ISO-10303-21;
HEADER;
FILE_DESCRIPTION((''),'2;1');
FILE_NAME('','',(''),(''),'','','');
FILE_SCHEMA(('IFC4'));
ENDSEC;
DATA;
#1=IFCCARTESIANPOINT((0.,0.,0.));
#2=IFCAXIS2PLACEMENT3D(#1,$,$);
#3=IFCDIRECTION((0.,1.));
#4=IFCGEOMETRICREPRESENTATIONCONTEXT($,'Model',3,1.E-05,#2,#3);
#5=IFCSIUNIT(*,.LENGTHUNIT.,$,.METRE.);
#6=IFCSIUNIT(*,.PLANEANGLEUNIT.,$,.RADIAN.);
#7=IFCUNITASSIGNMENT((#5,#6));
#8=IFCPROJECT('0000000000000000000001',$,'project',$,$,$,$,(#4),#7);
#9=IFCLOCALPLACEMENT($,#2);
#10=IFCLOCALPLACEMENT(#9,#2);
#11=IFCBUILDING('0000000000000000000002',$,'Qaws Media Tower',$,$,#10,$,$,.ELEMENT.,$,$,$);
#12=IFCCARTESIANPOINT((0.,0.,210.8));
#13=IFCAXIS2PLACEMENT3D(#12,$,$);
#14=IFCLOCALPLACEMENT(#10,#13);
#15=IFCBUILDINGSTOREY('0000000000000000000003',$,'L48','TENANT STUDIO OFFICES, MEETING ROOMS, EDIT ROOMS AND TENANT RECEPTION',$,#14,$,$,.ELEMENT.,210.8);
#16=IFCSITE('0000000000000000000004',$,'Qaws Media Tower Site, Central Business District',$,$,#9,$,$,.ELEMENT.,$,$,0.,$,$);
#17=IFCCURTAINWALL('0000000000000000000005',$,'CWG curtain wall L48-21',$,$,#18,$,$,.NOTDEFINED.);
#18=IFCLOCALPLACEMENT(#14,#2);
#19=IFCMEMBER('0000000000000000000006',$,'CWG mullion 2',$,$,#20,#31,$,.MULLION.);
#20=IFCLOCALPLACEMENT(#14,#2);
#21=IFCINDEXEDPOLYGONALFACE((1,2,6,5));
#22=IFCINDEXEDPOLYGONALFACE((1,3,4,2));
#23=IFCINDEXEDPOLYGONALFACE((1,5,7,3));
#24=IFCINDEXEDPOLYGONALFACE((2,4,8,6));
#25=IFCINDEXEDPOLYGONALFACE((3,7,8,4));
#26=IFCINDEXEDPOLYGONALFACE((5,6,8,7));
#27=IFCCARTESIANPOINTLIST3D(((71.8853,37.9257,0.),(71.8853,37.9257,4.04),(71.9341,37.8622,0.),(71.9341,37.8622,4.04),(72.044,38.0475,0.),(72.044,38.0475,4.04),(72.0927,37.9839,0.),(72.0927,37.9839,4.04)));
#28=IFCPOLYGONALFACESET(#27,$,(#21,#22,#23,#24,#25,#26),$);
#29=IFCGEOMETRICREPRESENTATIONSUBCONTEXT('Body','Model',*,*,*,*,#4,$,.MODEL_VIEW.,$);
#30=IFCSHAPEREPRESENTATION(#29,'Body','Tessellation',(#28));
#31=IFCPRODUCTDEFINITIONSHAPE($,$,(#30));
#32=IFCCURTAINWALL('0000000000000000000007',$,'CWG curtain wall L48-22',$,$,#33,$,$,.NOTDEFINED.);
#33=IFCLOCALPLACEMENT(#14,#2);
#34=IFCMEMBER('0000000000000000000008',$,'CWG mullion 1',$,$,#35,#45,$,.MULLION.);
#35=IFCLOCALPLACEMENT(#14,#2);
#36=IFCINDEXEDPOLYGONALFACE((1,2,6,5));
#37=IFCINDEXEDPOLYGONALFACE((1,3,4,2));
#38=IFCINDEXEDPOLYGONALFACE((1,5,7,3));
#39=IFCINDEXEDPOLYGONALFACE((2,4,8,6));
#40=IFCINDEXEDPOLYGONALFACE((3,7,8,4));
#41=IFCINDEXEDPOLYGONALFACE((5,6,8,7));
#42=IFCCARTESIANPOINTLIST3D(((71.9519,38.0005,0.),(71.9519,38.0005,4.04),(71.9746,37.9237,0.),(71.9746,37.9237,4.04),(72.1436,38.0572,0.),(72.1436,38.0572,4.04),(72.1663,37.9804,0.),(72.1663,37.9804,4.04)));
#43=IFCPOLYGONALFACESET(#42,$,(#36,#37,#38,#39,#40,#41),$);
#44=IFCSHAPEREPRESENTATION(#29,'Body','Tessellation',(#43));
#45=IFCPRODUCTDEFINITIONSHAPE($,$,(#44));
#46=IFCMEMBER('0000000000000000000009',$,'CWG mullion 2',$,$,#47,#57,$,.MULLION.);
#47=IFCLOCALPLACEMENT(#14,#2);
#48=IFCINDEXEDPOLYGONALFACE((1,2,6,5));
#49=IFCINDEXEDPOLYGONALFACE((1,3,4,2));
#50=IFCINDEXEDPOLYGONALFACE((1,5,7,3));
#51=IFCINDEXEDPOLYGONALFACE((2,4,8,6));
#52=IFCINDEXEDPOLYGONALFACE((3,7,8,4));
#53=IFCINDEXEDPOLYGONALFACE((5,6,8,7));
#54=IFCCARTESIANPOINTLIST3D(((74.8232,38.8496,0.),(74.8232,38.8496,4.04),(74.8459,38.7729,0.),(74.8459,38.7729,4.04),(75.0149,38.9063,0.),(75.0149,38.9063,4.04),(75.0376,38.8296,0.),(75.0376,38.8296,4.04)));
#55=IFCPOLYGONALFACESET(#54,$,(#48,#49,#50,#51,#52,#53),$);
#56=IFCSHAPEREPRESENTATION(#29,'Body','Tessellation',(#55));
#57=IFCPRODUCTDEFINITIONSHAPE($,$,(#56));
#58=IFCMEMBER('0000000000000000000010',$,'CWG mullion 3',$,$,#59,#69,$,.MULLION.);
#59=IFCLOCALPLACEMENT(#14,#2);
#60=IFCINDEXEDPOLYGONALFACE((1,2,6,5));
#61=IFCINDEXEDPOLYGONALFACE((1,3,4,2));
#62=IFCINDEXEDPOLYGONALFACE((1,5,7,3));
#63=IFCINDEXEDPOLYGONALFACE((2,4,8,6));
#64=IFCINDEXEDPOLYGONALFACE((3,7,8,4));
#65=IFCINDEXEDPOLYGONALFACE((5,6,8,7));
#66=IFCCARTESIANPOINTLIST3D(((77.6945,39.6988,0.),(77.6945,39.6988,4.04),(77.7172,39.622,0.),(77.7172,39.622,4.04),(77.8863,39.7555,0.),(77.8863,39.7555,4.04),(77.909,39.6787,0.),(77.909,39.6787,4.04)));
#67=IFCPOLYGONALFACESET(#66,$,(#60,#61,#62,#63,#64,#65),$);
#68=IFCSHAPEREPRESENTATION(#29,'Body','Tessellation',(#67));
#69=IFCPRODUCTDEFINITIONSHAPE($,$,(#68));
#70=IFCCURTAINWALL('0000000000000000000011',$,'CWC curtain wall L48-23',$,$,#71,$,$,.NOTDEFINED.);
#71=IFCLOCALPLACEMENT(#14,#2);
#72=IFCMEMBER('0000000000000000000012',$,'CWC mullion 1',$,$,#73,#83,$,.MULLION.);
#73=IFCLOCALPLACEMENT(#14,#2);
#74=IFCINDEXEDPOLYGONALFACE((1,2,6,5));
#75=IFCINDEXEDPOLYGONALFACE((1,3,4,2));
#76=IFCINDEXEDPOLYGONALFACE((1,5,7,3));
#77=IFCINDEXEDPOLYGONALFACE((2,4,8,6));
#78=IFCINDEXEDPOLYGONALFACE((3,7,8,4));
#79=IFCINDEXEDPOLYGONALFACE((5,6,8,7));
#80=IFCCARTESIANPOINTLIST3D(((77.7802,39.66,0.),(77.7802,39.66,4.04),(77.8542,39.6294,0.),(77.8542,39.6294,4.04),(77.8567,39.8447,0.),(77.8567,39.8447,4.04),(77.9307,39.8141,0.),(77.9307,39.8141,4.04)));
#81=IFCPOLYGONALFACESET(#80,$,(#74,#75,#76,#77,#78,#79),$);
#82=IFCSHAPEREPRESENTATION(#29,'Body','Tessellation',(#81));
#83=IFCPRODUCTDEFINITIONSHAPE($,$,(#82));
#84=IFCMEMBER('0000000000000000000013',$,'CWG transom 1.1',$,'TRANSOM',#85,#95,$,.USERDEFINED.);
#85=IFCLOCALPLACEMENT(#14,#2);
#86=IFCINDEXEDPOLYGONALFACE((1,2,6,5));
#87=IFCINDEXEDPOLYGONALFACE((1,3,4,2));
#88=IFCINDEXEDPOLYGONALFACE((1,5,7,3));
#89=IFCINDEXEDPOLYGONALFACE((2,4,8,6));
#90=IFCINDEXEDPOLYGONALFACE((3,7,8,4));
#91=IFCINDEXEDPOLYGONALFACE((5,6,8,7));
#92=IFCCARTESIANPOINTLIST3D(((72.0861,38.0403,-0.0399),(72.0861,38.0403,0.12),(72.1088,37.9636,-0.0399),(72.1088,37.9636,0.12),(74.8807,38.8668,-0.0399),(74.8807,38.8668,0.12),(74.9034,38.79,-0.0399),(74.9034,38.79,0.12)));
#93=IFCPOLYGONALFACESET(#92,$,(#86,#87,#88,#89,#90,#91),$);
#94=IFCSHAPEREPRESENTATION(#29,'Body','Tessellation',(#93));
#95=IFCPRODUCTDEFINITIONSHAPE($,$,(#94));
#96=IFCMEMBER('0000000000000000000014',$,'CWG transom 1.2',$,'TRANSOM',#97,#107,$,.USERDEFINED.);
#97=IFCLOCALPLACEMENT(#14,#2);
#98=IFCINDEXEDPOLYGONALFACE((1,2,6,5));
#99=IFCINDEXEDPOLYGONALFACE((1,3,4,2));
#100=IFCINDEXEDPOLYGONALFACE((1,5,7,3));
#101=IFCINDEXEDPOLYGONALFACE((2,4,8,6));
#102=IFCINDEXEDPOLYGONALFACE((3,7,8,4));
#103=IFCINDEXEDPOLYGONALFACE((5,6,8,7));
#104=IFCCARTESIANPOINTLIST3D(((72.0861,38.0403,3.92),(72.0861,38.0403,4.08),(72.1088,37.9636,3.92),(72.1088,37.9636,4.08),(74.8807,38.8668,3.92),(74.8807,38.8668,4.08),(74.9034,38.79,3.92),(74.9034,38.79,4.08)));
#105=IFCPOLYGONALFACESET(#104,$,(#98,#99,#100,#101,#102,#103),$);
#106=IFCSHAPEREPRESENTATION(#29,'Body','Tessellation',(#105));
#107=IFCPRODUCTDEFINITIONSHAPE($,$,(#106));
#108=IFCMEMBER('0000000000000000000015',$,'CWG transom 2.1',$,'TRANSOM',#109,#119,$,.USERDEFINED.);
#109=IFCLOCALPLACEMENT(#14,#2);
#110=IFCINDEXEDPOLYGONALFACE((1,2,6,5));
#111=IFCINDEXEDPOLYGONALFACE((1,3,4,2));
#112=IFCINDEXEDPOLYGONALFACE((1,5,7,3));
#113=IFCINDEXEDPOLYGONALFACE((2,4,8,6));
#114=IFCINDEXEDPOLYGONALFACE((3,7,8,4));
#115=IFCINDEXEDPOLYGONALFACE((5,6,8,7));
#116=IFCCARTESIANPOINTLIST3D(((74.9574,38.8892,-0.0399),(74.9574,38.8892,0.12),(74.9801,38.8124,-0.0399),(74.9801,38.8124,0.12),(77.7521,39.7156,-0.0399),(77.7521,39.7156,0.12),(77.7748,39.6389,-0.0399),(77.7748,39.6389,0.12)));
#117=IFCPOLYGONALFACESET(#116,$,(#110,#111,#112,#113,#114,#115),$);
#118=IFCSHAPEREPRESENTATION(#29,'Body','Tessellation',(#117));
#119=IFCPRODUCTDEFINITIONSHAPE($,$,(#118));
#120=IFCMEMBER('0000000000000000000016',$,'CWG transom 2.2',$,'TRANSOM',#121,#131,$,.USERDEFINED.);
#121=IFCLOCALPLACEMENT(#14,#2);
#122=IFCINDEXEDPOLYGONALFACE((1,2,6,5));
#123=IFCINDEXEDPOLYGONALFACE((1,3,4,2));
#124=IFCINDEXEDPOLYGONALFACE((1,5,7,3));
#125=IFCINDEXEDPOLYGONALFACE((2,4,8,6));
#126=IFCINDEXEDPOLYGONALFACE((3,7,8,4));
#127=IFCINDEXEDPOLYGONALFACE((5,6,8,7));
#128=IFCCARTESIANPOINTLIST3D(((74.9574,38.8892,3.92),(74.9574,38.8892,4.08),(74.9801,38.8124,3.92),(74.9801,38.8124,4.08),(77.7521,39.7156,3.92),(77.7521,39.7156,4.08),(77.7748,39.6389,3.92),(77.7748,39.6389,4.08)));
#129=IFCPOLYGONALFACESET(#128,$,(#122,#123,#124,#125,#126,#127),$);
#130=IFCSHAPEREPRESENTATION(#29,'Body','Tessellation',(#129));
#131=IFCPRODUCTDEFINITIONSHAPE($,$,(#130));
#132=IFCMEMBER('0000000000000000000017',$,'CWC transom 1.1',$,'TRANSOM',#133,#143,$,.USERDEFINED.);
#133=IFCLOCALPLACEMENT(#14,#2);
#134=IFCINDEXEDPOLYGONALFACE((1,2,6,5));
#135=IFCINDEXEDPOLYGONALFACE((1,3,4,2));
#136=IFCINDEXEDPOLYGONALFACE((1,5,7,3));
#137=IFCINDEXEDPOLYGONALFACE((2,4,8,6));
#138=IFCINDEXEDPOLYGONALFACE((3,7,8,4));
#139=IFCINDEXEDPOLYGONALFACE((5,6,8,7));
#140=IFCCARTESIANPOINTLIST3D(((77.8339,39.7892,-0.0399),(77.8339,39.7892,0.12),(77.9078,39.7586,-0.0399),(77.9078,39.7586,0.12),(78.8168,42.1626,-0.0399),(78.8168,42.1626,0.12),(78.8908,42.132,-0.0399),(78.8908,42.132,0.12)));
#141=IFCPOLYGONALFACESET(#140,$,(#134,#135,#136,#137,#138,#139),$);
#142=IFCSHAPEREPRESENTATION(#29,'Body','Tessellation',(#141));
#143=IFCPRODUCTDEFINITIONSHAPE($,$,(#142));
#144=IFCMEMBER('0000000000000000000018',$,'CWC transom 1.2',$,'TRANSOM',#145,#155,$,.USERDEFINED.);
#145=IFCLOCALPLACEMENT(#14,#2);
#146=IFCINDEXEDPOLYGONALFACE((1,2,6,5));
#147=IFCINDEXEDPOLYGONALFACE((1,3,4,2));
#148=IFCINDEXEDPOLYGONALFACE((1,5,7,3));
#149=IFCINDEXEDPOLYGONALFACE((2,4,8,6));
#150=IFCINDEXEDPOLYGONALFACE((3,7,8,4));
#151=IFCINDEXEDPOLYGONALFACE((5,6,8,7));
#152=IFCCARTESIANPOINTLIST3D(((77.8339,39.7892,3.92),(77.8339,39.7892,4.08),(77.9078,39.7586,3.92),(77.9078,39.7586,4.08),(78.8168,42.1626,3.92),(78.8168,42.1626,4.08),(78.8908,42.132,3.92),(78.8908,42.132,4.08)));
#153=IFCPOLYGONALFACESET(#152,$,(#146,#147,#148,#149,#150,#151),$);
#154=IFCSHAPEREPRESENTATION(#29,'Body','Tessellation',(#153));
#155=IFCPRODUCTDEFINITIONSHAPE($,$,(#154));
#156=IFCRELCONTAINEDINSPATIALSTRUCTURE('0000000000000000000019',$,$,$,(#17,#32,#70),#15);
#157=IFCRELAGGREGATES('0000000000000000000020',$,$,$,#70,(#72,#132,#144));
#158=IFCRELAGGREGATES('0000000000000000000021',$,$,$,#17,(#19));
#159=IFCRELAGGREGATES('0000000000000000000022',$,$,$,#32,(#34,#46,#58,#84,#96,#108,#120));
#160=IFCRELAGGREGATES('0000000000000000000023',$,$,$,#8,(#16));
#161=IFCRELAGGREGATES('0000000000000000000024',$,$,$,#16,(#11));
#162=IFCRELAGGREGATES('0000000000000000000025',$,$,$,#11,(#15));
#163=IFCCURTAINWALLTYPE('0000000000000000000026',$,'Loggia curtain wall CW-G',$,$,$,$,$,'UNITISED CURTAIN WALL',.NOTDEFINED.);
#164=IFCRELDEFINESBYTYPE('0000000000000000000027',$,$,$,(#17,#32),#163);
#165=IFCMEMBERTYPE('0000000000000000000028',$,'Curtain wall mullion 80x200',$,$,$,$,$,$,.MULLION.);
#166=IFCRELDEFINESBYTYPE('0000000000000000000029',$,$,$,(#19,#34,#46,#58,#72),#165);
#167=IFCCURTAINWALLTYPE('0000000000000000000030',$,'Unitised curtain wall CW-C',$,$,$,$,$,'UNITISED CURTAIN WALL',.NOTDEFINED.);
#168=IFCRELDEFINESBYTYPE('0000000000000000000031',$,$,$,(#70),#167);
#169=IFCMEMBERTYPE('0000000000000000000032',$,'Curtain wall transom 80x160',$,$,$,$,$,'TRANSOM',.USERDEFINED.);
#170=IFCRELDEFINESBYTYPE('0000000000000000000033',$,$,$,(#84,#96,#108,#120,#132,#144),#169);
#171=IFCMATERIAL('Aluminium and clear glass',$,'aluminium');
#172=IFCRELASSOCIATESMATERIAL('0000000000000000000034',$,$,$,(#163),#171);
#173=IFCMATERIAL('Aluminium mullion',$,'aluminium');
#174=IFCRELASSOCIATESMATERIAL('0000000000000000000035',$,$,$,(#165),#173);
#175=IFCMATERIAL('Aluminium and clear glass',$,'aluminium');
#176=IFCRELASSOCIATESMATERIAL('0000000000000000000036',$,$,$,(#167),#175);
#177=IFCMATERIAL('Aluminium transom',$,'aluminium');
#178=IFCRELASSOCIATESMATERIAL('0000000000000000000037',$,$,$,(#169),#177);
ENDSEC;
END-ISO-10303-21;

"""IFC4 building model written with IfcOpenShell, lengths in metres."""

from ifc_helpers import new_model, si_unit, direction, frame, origin, origin_2d, place, context, subcontext, project, spatial, rectangle, extrude, material, material_profile, profile_set, type_object, element, aggregate, save


model = new_model("IFC4")

# Units and contexts
model_context = context("Model", 3, precision=1e-05, world=origin(), true_north=direction((0.0, 1.0)))
body_context = subcontext(model_context, "Body", "Model", "MODEL_VIEW")
ifc_project = project(units=[si_unit("LENGTHUNIT", "METRE"), si_unit("PLANEANGLEUNIT", "RADIAN")], contexts=[model_context])

# Site, building, storey
site_placement = place(None, origin())
site = spatial("IfcSite", under=ifc_project, at=site_placement, Name="Qaws Media Tower Site, Central Business District", CompositionType="ELEMENT", RefElevation=0.0)
building_placement = place(site_placement, origin())
building = spatial("IfcBuilding", under=site, at=building_placement, Name="Qaws Media Tower", CompositionType="ELEMENT")
storey_placement = place(building_placement, frame((0.0, 0.0, 210.8)))
storey = spatial("IfcBuildingStorey", under=building, at=storey_placement, Name="L48", Description="TENANT STUDIO OFFICES, MEETING ROOMS, EDIT ROOMS AND TENANT RECEPTION", CompositionType="ELEMENT", Elevation=210.8)

# Curtain wall, member
ifc_material_1 = material(Name="Aluminium and clear glass", Category="aluminium")
curtain_wall_type_1 = type_object("IfcCurtainWallType", Name="Loggia curtain wall CW-G", ElementType="UNITISED CURTAIN WALL", PredefinedType="NOTDEFINED", material=ifc_material_1)
curtain_wall_1_placement = place(storey_placement, origin())
curtain_wall_1 = element("IfcCurtainWall", 1, at=curtain_wall_1_placement, inside=storey, type_object=curtain_wall_type_1, Name="CWG curtain wall L48-21", PredefinedType="NOTDEFINED")
ifc_material_2 = material(Name="Aluminium mullion", Category="aluminium")
ifc_material_profile_1 = material_profile(ifc_material_2, rectangle(XDim=0.0801, YDim=0.2, at=origin_2d()), Name="80x200")
ifc_profile_set_1 = profile_set([ifc_material_profile_1], Name="Aluminium mullion")
member_type_1 = type_object("IfcMemberType", Name="Curtain wall mullion 80x200", PredefinedType="MULLION", material=ifc_profile_set_1)
member_1_placement = place(storey_placement, frame((71.989, 37.9548, 0.0), z_axis=(0.0, 0.0, 1.0), x_axis=(-0.608762, 0.793353, 0.0)))
member_1 = element("IfcMember", 2, at=member_1_placement, type_object=member_type_1, Name="CWG mullion 2", PredefinedType="MULLION", context=body_context, shape_type="SweptSolid", body=[
    extrude(rectangle(XDim=0.0801, YDim=0.2, at=origin_2d()), origin(), (0.0, 0.0, 1.0), 4.04),
])

# Curtain wall, members
curtain_wall_2_placement = place(storey_placement, origin())
curtain_wall_2 = element("IfcCurtainWall", 3, at=curtain_wall_2_placement, inside=storey, type_object=curtain_wall_type_1, Name="CWG curtain wall L48-22", PredefinedType="NOTDEFINED")
member_2_placement = place(storey_placement, frame((72.0591, 37.9905, 0.0), z_axis=(0.0, 0.0, 1.0), x_axis=(-0.28357, 0.958952, 0.0)))
member_2 = element("IfcMember", 4, at=member_2_placement, type_object=member_type_1, Name="CWG mullion 1", PredefinedType="MULLION", context=body_context, shape_type="SweptSolid", body=[
    extrude(rectangle(XDim=0.0801, YDim=0.2, at=origin_2d()), origin(), (0.0, 0.0, 1.0), 4.04),
])
member_3_placement = place(storey_placement, frame((74.9304, 38.8396, 0.0), z_axis=(0.0, 0.0, 1.0), x_axis=(-0.28357, 0.958952, 0.0)))
member_3 = element("IfcMember", 5, at=member_3_placement, type_object=member_type_1, Name="CWG mullion 2", PredefinedType="MULLION", context=body_context, shape_type="SweptSolid", body=[
    extrude(rectangle(XDim=0.0801, YDim=0.2, at=origin_2d()), origin(), (0.0, 0.0, 1.0), 4.04),
])
member_4_placement = place(storey_placement, frame((77.8018, 39.6887, 0.0), z_axis=(0.0, 0.0, 1.0), x_axis=(-0.28357, 0.958952, 0.0)))
member_4 = element("IfcMember", 6, at=member_4_placement, type_object=member_type_1, Name="CWG mullion 3", PredefinedType="MULLION", context=body_context, shape_type="SweptSolid", body=[
    extrude(rectangle(XDim=0.0801, YDim=0.2, at=origin_2d()), origin(), (0.0, 0.0, 1.0), 4.04),
])

# Curtain wall, member
ifc_material_3 = material(Name="Aluminium and clear glass", Category="aluminium")
curtain_wall_type_2 = type_object("IfcCurtainWallType", Name="Unitised curtain wall CW-C", ElementType="UNITISED CURTAIN WALL", PredefinedType="NOTDEFINED", material=ifc_material_3)
curtain_wall_3_placement = place(storey_placement, origin())
curtain_wall_3 = element("IfcCurtainWall", 7, at=curtain_wall_3_placement, inside=storey, type_object=curtain_wall_type_2, Name="CWC curtain wall L48-23", PredefinedType="NOTDEFINED")
member_5_placement = place(storey_placement, frame((77.8555, 39.7371, 0.0), z_axis=(0.0, 0.0, 1.0), x_axis=(-0.92388, 0.382683, 0.0)))
member_5 = element("IfcMember", 8, at=member_5_placement, type_object=member_type_1, Name="CWC mullion 1", PredefinedType="MULLION", context=body_context, shape_type="SweptSolid", body=[
    extrude(rectangle(XDim=0.0801, YDim=0.2, at=origin_2d()), origin(), (0.0, 0.0, 1.0), 4.04),
])

# Members
ifc_material_4 = material(Name="Aluminium transom", Category="aluminium")
ifc_material_profile_2 = material_profile(ifc_material_4, rectangle(XDim=0.0801, YDim=0.1599, at=origin_2d()), Name="80x160")
ifc_profile_set_2 = profile_set([ifc_material_profile_2], Name="Aluminium transom")
member_type_2 = type_object("IfcMemberType", Name="Curtain wall transom 80x160", ElementType="TRANSOM", PredefinedType="USERDEFINED", material=ifc_profile_set_2)
member_6_placement = place(storey_placement, frame((72.0974, 38.002, 0.04), z_axis=(0.958951, 0.283572, 0.0), x_axis=(-0.283572, 0.958951, 0.0)))
member_6 = element("IfcMember", 9, at=member_6_placement, type_object=member_type_2, Name="CWG transom 1.1", ObjectType="TRANSOM", PredefinedType="USERDEFINED", context=body_context, shape_type="SweptSolid", body=[
    extrude(rectangle(XDim=0.0801, YDim=0.1599, at=origin_2d()), origin(), (0.0, 0.0, 1.0), 2.9143),
])
member_7_placement = place(storey_placement, frame((72.0974, 38.002, 4.0), z_axis=(0.958951, 0.283572, 0.0), x_axis=(-0.283572, 0.958951, 0.0)))
member_7 = element("IfcMember", 10, at=member_7_placement, type_object=member_type_2, Name="CWG transom 1.2", ObjectType="TRANSOM", PredefinedType="USERDEFINED", context=body_context, shape_type="SweptSolid", body=[
    extrude(rectangle(XDim=0.0801, YDim=0.1599, at=origin_2d()), origin(), (0.0, 0.0, 1.0), 2.9143),
])
member_8_placement = place(storey_placement, frame((74.9688, 38.8508, 0.04), z_axis=(0.958951, 0.283572, 0.0), x_axis=(-0.283572, 0.958951, 0.0)))
member_8 = element("IfcMember", 11, at=member_8_placement, type_object=member_type_2, Name="CWG transom 2.1", ObjectType="TRANSOM", PredefinedType="USERDEFINED", context=body_context, shape_type="SweptSolid", body=[
    extrude(rectangle(XDim=0.0801, YDim=0.1599, at=origin_2d()), origin(), (0.0, 0.0, 1.0), 2.9143),
])
member_9_placement = place(storey_placement, frame((74.9688, 38.8508, 4.0), z_axis=(0.958951, 0.283572, 0.0), x_axis=(-0.283572, 0.958951, 0.0)))
member_9 = element("IfcMember", 12, at=member_9_placement, type_object=member_type_2, Name="CWG transom 2.2", ObjectType="TRANSOM", PredefinedType="USERDEFINED", context=body_context, shape_type="SweptSolid", body=[
    extrude(rectangle(XDim=0.0801, YDim=0.1599, at=origin_2d()), origin(), (0.0, 0.0, 1.0), 2.9143),
])
member_10_placement = place(storey_placement, frame((77.8708, 39.7739, 0.04), z_axis=(0.382637, 0.923899, 0.0), x_axis=(-0.923899, 0.382637, 0.0)))
member_10 = element("IfcMember", 13, at=member_10_placement, type_object=member_type_2, Name="CWC transom 1.1", ObjectType="TRANSOM", PredefinedType="USERDEFINED", context=body_context, shape_type="SweptSolid", body=[
    extrude(rectangle(XDim=0.0801, YDim=0.1599, at=origin_2d()), origin(), (0.0, 0.0, 1.0), 2.5688),
])
member_11_placement = place(storey_placement, frame((77.8708, 39.7739, 4.0), z_axis=(0.382637, 0.923899, 0.0), x_axis=(-0.923899, 0.382637, 0.0)))
member_11 = element("IfcMember", 14, at=member_11_placement, type_object=member_type_2, Name="CWC transom 1.2", ObjectType="TRANSOM", PredefinedType="USERDEFINED", context=body_context, shape_type="SweptSolid", body=[
    extrude(rectangle(XDim=0.0801, YDim=0.1599, at=origin_2d()), origin(), (0.0, 0.0, 1.0), 2.5688),
])
aggregate(curtain_wall_3, [member_5, member_10, member_11])

aggregate(curtain_wall_1, [member_1])
aggregate(curtain_wall_2, [member_2, member_3, member_4, member_6, member_7, member_8, member_9])

save(model, "model.ifc")
